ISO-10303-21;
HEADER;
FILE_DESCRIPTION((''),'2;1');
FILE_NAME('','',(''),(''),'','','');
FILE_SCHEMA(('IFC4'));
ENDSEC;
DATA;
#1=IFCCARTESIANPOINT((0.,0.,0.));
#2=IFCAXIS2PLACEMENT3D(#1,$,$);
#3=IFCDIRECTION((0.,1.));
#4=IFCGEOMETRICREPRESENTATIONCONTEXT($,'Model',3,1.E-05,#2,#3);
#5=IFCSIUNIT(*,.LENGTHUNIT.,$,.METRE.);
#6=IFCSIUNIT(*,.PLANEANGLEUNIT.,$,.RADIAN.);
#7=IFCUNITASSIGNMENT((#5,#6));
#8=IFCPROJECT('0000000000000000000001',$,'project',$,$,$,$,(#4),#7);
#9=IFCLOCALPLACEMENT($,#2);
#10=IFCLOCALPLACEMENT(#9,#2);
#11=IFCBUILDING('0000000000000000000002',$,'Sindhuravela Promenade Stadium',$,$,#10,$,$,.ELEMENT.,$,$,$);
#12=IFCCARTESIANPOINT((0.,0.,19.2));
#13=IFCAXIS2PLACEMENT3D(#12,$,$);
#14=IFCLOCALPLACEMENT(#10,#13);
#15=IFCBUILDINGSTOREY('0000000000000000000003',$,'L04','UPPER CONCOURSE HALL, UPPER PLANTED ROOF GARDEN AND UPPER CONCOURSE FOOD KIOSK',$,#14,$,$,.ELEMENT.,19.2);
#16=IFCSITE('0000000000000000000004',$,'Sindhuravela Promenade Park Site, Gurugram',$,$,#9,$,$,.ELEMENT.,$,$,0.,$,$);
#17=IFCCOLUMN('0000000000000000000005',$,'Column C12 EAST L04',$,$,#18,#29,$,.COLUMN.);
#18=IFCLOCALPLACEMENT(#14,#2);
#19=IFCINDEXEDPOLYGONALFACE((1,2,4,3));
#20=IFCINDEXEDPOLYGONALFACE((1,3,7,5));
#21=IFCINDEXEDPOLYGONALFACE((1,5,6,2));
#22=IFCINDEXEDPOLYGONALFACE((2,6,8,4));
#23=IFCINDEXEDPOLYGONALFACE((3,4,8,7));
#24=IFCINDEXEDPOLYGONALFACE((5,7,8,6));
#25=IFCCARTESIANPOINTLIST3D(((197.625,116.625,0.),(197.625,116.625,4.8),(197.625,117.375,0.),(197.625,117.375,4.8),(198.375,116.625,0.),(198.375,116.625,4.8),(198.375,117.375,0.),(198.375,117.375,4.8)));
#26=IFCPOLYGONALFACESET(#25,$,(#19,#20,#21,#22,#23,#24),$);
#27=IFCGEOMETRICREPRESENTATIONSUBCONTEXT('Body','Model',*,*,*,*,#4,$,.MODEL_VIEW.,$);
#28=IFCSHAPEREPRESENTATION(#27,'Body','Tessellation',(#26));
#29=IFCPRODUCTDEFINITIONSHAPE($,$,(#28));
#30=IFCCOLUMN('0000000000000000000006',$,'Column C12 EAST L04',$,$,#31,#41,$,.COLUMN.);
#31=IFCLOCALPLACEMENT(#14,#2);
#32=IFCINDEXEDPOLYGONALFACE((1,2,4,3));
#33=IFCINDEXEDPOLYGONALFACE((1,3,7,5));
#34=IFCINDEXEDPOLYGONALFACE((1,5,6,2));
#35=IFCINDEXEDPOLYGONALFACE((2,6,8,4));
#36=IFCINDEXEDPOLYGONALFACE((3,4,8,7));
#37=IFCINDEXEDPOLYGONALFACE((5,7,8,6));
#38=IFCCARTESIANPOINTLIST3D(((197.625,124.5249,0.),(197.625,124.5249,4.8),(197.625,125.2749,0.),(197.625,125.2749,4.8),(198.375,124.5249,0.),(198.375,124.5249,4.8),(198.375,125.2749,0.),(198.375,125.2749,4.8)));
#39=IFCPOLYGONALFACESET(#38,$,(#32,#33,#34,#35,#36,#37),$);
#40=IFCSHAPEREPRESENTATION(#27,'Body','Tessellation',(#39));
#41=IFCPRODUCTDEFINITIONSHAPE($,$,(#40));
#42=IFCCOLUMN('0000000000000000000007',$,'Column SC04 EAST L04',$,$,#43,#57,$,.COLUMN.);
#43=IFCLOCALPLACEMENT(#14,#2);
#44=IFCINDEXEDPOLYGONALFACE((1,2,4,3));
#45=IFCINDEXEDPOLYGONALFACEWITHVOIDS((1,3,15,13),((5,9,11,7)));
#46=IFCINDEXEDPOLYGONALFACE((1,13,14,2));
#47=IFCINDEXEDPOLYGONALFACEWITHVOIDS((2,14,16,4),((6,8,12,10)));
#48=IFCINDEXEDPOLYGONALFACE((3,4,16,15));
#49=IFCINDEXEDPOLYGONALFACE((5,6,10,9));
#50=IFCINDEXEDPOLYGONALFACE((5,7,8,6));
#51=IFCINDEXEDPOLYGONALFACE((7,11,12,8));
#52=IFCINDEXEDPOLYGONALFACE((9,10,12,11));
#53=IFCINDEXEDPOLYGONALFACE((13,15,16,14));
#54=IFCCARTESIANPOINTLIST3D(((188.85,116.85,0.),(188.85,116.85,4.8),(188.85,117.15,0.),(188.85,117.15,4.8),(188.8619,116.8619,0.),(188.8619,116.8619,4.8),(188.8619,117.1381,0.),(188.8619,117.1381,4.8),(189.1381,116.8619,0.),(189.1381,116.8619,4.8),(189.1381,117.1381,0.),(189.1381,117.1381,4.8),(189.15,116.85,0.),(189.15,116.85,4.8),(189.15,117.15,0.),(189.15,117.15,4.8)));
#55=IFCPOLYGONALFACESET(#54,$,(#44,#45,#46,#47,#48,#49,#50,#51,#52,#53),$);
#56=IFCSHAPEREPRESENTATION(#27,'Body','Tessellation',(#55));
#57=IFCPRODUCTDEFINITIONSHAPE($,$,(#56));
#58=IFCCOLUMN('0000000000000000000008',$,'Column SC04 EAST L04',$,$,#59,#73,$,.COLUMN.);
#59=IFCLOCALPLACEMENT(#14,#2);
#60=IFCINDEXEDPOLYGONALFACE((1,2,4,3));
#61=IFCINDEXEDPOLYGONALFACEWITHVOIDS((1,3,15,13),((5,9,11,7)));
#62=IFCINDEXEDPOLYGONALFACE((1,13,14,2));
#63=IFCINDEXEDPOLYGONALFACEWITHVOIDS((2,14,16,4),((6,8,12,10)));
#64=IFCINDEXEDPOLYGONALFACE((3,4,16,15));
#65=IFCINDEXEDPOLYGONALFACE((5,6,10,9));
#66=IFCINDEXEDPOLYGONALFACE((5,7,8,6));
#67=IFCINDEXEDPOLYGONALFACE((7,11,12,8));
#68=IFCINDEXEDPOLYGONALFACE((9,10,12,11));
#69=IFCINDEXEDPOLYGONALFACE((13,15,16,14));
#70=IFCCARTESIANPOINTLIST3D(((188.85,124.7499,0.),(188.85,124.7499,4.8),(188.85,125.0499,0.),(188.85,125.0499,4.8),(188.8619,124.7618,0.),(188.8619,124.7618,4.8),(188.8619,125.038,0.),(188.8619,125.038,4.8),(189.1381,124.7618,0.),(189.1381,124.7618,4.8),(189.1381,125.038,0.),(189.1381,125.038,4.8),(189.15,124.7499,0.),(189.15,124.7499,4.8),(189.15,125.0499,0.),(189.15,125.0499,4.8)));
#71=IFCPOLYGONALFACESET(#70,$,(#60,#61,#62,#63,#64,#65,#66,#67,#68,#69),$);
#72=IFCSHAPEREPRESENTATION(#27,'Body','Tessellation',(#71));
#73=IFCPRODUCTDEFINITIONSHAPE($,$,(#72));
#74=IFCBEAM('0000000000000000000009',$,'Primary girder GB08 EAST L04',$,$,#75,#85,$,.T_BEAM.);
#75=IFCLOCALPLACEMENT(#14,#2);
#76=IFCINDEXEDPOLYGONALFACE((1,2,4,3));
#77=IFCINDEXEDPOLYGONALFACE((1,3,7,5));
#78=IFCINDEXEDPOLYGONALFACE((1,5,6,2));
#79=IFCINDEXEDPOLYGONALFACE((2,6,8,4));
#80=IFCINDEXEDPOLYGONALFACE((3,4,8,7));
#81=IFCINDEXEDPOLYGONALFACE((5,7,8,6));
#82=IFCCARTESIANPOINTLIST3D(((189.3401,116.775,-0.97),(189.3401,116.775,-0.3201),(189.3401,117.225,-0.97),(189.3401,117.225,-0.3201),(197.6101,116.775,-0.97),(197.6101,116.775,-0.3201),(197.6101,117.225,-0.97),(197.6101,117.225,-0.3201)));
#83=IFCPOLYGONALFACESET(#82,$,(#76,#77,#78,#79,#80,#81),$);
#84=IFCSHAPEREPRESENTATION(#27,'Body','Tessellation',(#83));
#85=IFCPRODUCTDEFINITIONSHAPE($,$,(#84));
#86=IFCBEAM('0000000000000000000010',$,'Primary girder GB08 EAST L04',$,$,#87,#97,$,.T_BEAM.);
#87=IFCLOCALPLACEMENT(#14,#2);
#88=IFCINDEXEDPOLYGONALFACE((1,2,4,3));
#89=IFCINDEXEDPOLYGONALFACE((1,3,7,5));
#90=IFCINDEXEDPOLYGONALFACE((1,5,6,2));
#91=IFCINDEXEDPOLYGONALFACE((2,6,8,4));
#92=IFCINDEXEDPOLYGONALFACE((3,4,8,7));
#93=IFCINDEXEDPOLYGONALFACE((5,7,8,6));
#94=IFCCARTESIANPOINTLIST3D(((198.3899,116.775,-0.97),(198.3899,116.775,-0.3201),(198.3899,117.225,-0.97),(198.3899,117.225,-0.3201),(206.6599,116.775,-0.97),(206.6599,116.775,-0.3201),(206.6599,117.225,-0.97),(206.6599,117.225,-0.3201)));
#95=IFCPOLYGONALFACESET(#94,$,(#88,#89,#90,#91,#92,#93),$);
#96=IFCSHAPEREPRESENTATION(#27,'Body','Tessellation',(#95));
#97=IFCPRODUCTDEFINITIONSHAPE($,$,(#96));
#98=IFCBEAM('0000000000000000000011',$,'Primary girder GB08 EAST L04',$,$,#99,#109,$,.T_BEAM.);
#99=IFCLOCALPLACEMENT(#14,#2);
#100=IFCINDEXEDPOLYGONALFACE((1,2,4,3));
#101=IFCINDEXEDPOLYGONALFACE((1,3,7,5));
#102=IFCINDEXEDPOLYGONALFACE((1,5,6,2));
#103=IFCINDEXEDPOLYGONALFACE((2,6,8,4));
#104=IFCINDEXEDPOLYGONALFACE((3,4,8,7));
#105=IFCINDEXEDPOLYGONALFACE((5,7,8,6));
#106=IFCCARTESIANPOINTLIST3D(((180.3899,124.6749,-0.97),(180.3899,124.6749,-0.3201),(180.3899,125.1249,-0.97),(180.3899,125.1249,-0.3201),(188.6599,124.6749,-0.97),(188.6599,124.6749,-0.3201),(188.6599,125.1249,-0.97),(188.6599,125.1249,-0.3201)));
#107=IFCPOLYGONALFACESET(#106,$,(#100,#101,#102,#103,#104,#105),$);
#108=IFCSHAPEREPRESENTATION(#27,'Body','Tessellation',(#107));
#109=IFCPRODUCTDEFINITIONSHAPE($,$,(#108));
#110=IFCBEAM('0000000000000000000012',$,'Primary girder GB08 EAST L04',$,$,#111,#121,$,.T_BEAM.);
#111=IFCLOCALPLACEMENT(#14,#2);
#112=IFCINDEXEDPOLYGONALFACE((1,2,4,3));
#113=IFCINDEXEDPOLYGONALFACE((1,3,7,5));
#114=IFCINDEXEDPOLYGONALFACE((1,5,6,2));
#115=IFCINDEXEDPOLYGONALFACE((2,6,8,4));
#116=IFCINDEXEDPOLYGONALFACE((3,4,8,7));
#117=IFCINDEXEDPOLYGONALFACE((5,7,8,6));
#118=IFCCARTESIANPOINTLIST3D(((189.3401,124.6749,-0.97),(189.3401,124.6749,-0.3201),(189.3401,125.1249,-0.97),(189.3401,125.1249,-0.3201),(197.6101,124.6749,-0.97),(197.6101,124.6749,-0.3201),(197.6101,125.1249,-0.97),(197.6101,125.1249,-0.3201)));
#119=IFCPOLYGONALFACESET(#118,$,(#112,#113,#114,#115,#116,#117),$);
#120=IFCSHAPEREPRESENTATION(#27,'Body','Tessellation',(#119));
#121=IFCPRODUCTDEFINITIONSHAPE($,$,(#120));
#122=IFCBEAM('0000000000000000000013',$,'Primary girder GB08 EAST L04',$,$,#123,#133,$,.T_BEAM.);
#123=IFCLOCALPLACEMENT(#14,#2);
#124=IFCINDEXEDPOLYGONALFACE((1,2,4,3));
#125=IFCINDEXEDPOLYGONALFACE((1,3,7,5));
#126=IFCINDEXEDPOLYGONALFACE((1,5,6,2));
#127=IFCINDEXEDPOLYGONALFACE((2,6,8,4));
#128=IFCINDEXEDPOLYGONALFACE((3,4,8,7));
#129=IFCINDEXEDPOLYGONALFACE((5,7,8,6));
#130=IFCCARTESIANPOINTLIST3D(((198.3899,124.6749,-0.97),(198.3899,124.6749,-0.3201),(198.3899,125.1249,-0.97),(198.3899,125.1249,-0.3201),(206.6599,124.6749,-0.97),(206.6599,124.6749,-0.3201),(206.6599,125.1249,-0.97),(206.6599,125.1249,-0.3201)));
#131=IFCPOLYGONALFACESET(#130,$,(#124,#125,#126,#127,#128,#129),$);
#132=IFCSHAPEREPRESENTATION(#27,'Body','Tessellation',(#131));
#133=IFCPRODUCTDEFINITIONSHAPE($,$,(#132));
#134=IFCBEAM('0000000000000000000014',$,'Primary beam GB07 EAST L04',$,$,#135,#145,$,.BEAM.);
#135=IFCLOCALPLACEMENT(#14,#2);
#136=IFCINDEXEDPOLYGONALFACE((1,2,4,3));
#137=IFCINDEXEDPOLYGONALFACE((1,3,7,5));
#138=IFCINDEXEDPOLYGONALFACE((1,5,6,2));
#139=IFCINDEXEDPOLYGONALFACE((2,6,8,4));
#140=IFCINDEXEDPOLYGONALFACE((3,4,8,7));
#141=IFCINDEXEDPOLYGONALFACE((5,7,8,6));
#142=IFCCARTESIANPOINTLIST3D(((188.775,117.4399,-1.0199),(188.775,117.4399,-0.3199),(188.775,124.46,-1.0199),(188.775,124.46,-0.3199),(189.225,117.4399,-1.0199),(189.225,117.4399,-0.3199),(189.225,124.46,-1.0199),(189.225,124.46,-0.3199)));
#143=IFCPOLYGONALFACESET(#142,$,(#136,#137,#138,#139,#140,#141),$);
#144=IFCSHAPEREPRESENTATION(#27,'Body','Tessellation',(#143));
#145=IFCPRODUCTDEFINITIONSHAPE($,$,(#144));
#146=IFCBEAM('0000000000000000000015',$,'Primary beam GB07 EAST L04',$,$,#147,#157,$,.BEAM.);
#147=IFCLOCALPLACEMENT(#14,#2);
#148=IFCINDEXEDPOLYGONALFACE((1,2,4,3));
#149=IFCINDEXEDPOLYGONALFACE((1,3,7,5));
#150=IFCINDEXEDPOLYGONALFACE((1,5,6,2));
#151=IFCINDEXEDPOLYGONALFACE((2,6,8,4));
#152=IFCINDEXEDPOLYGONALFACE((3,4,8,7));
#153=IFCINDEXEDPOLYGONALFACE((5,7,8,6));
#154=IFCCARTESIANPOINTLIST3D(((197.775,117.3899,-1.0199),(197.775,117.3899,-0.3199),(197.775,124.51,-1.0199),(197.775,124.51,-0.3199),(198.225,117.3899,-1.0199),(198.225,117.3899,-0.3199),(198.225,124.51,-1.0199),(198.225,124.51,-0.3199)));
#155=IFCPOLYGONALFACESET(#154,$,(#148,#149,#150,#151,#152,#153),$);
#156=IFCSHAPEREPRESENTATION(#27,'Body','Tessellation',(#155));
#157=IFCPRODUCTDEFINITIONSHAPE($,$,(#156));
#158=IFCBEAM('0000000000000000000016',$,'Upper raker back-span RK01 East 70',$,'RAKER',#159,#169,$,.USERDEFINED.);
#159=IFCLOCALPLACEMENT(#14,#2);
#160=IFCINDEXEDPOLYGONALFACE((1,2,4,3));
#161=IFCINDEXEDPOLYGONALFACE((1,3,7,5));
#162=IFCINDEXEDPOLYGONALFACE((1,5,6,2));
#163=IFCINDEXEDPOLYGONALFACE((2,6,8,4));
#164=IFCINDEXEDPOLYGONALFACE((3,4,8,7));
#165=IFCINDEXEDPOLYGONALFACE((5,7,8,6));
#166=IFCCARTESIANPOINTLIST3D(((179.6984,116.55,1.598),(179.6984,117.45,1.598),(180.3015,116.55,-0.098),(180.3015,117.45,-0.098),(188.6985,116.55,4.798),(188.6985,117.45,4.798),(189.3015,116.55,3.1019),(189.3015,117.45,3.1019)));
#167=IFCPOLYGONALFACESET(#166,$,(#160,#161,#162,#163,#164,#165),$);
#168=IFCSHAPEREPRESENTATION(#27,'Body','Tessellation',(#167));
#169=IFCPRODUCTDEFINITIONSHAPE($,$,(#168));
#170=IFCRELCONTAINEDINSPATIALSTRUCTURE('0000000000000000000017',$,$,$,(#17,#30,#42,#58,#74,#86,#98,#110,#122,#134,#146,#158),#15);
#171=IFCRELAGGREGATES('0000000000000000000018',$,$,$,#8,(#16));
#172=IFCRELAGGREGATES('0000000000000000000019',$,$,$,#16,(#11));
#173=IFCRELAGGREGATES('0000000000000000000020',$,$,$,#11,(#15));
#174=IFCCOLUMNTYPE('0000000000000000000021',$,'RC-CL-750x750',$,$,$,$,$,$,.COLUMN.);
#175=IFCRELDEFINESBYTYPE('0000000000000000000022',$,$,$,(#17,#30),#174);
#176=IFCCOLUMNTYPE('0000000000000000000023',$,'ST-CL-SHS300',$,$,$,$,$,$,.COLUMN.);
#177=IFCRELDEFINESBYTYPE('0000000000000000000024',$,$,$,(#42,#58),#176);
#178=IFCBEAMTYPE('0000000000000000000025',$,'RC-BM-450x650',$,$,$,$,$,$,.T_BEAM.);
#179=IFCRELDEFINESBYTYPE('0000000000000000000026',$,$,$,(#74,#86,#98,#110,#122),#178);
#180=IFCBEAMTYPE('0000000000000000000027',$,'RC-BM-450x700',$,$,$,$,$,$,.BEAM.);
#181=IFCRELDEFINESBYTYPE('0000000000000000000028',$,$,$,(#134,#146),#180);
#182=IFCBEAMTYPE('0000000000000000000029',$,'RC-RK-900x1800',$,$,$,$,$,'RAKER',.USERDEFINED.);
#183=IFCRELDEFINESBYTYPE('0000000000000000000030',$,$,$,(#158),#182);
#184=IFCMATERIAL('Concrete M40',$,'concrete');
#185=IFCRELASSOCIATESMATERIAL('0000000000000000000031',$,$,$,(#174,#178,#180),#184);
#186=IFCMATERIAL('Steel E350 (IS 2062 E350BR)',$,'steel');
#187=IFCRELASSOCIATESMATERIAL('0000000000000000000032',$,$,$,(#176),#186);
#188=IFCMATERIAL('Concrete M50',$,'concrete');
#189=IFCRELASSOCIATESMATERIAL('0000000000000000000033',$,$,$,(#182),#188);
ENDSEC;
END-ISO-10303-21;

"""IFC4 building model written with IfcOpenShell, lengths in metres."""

from ifc_helpers import new_model, si_unit, direction, frame, origin, origin_2d, place, context, subcontext, project, spatial, rectangle, hollow_rectangle, extrude, material, material_profile, profile_set, type_object, element, save


model = new_model("IFC4")

# Units and contexts
model_context = context("Model", 3, precision=1e-05, world=origin(), true_north=direction((0.0, 1.0)))
body_context = subcontext(model_context, "Body", "Model", "MODEL_VIEW")
ifc_project = project(units=[si_unit("LENGTHUNIT", "METRE"), si_unit("PLANEANGLEUNIT", "RADIAN")], contexts=[model_context])

# Site, building, storey
site_placement = place(None, origin())
site = spatial("IfcSite", under=ifc_project, at=site_placement, Name="Sindhuravela Promenade Park Site, Gurugram", CompositionType="ELEMENT", RefElevation=0.0)
building_placement = place(site_placement, origin())
building = spatial("IfcBuilding", under=site, at=building_placement, Name="Sindhuravela Promenade Stadium", CompositionType="ELEMENT")
storey_placement = place(building_placement, frame((0.0, 0.0, 19.2)))
storey = spatial("IfcBuildingStorey", under=building, at=storey_placement, Name="L04", Description="UPPER CONCOURSE HALL, UPPER PLANTED ROOF GARDEN AND UPPER CONCOURSE FOOD KIOSK", CompositionType="ELEMENT", Elevation=19.2)

# Columns
ifc_material_1 = material(Name="Concrete M40", Category="concrete")
ifc_material_profile_1 = material_profile(ifc_material_1, rectangle(XDim=0.75, YDim=0.75, at=origin_2d()), Name="RC 750x750")
ifc_profile_set_1 = profile_set([ifc_material_profile_1], Name="Concrete M40")
column_type_1 = type_object("IfcColumnType", Name="RC-CL-750x750", PredefinedType="COLUMN", material=ifc_profile_set_1)
for number, where, z_axis, x_axis, name in (
    (1, (198.0, 117.0, 0.0), (0.0, 0.0, 1.0), (1.0, 0.0, 0.0), "Column C12 EAST L04"),
    (2, (198.0, 124.8999, 0.0), (0.0, 0.0, 1.0), (1.0, 0.0, 0.0), "Column C12 EAST L04"),
):
    element("IfcColumn", number, at=place(storey_placement, frame(where, z_axis=z_axis, x_axis=x_axis)), inside=storey, type_object=column_type_1, Name=name, PredefinedType="COLUMN", context=body_context, shape_type="SweptSolid", body=[
        extrude(rectangle(XDim=0.75, YDim=0.75, at=origin_2d()), origin(), (0.0, 0.0, 1.0), 4.8),
    ])
ifc_material_2 = material(Name="Steel E350 (IS 2062 E350BR)", Category="steel")
ifc_material_profile_2 = material_profile(ifc_material_2, hollow_rectangle(XDim=0.3, YDim=0.3, WallThickness=0.012, at=origin_2d()), Name="SHS 300x300x12")
ifc_profile_set_2 = profile_set([ifc_material_profile_2], Name="Steel E350 (IS 2062 E350BR)")
column_type_2 = type_object("IfcColumnType", Name="ST-CL-SHS300", PredefinedType="COLUMN", material=ifc_profile_set_2)
for number, where, z_axis, x_axis, name in (
    (3, (189.0, 117.0, 0.0), (0.0, 0.0, 1.0), (1.0, 0.0, 0.0), "Column SC04 EAST L04"),
    (4, (189.0, 124.8999, 0.0), (0.0, 0.0, 1.0), (1.0, 0.0, 0.0), "Column SC04 EAST L04"),
):
    element("IfcColumn", number, at=place(storey_placement, frame(where, z_axis=z_axis, x_axis=x_axis)), inside=storey, type_object=column_type_2, Name=name, PredefinedType="COLUMN", context=body_context, shape_type="SweptSolid", body=[
        extrude(hollow_rectangle(XDim=0.3, YDim=0.3, WallThickness=0.012, at=origin_2d()), origin(), (0.0, 0.0, 1.0), 4.8),
    ])

# Beams
ifc_material_profile_3 = material_profile(ifc_material_1, rectangle(XDim=0.45, YDim=0.6499, at=origin_2d()), Name="RC 450x650")
ifc_profile_set_3 = profile_set([ifc_material_profile_3], Name="Concrete M40")
beam_type_1 = type_object("IfcBeamType", Name="RC-BM-450x650", PredefinedType="T_BEAM", material=ifc_profile_set_3)
for number, where, z_axis, x_axis, name in (
    (5, (189.3401, 117.0, -0.645), (1.0, 0.0, 0.0), (0.0, 1.0, 0.0), "Primary girder GB08 EAST L04"),
    (6, (198.3899, 117.0, -0.645), (1.0, 0.0, 0.0), (0.0, 1.0, 0.0), "Primary girder GB08 EAST L04"),
    (7, (180.3899, 124.8999, -0.645), (1.0, 0.0, 0.0), (0.0, 1.0, 0.0), "Primary girder GB08 EAST L04"),
    (8, (189.3401, 124.8999, -0.645), (1.0, 0.0, 0.0), (0.0, 1.0, 0.0), "Primary girder GB08 EAST L04"),
    (9, (198.3899, 124.8999, -0.645), (1.0, 0.0, 0.0), (0.0, 1.0, 0.0), "Primary girder GB08 EAST L04"),
):
    element("IfcBeam", number, at=place(storey_placement, frame(where, z_axis=z_axis, x_axis=x_axis)), inside=storey, type_object=beam_type_1, Name=name, PredefinedType="T_BEAM", context=body_context, shape_type="SweptSolid", body=[
        extrude(rectangle(XDim=0.45, YDim=0.6499, at=origin_2d()), origin(), (0.0, 0.0, 1.0), 8.27),
    ])
ifc_material_profile_4 = material_profile(ifc_material_1, rectangle(XDim=0.45, YDim=0.7, at=origin_2d()), Name="RC 450x700")
ifc_profile_set_4 = profile_set([ifc_material_profile_4], Name="Concrete M40")
beam_type_2 = type_object("IfcBeamType", Name="RC-BM-450x700", PredefinedType="BEAM", material=ifc_profile_set_4)
beam_1_placement = place(storey_placement, frame((189.0, 117.4399, -0.6699), z_axis=(0.0, 1.0, 0.0), x_axis=(-1.0, 0.0, 0.0)))
element("IfcBeam", 10, at=beam_1_placement, inside=storey, type_object=beam_type_2, Name="Primary beam GB07 EAST L04", PredefinedType="BEAM", context=body_context, shape_type="SweptSolid", body=[
    extrude(rectangle(XDim=0.45, YDim=0.7, at=origin_2d()), origin(), (0.0, 0.0, 1.0), 7.02),
])
beam_2_placement = place(storey_placement, frame((198.0, 117.3899, -0.6699), z_axis=(0.0, 1.0, 0.0), x_axis=(-1.0, 0.0, 0.0)))
element("IfcBeam", 11, at=beam_2_placement, inside=storey, type_object=beam_type_2, Name="Primary beam GB07 EAST L04", PredefinedType="BEAM", context=body_context, shape_type="SweptSolid", body=[
    extrude(rectangle(XDim=0.45, YDim=0.7, at=origin_2d()), origin(), (0.0, 0.0, 1.0), 7.1201),
])
ifc_material_3 = material(Name="Concrete M50", Category="concrete")
ifc_material_profile_5 = material_profile(ifc_material_3, rectangle(XDim=0.8999, YDim=1.8, at=origin_2d()), Name="RC 900x1800")
ifc_profile_set_5 = profile_set([ifc_material_profile_5], Name="Concrete M50")
beam_type_3 = type_object("IfcBeamType", Name="RC-RK-900x1800", ElementType="RAKER", PredefinedType="USERDEFINED", material=ifc_profile_set_5)
beam_3_placement = place(storey_placement, frame((189.0, 117.0, 3.95), z_axis=(-0.942216, 0.0, -0.335005), x_axis=(0.0, -1.0, 0.0)))
element("IfcBeam", 12, at=beam_3_placement, inside=storey, type_object=beam_type_3, Name="Upper raker back-span RK01 East 70", ObjectType="RAKER", PredefinedType="USERDEFINED", context=body_context, shape_type="SweptSolid", body=[
    extrude(rectangle(XDim=0.8999, YDim=1.8, at=origin_2d()), origin(), (0.0, 0.0, 1.0), 9.552),
])

save(model, "model.ifc")
